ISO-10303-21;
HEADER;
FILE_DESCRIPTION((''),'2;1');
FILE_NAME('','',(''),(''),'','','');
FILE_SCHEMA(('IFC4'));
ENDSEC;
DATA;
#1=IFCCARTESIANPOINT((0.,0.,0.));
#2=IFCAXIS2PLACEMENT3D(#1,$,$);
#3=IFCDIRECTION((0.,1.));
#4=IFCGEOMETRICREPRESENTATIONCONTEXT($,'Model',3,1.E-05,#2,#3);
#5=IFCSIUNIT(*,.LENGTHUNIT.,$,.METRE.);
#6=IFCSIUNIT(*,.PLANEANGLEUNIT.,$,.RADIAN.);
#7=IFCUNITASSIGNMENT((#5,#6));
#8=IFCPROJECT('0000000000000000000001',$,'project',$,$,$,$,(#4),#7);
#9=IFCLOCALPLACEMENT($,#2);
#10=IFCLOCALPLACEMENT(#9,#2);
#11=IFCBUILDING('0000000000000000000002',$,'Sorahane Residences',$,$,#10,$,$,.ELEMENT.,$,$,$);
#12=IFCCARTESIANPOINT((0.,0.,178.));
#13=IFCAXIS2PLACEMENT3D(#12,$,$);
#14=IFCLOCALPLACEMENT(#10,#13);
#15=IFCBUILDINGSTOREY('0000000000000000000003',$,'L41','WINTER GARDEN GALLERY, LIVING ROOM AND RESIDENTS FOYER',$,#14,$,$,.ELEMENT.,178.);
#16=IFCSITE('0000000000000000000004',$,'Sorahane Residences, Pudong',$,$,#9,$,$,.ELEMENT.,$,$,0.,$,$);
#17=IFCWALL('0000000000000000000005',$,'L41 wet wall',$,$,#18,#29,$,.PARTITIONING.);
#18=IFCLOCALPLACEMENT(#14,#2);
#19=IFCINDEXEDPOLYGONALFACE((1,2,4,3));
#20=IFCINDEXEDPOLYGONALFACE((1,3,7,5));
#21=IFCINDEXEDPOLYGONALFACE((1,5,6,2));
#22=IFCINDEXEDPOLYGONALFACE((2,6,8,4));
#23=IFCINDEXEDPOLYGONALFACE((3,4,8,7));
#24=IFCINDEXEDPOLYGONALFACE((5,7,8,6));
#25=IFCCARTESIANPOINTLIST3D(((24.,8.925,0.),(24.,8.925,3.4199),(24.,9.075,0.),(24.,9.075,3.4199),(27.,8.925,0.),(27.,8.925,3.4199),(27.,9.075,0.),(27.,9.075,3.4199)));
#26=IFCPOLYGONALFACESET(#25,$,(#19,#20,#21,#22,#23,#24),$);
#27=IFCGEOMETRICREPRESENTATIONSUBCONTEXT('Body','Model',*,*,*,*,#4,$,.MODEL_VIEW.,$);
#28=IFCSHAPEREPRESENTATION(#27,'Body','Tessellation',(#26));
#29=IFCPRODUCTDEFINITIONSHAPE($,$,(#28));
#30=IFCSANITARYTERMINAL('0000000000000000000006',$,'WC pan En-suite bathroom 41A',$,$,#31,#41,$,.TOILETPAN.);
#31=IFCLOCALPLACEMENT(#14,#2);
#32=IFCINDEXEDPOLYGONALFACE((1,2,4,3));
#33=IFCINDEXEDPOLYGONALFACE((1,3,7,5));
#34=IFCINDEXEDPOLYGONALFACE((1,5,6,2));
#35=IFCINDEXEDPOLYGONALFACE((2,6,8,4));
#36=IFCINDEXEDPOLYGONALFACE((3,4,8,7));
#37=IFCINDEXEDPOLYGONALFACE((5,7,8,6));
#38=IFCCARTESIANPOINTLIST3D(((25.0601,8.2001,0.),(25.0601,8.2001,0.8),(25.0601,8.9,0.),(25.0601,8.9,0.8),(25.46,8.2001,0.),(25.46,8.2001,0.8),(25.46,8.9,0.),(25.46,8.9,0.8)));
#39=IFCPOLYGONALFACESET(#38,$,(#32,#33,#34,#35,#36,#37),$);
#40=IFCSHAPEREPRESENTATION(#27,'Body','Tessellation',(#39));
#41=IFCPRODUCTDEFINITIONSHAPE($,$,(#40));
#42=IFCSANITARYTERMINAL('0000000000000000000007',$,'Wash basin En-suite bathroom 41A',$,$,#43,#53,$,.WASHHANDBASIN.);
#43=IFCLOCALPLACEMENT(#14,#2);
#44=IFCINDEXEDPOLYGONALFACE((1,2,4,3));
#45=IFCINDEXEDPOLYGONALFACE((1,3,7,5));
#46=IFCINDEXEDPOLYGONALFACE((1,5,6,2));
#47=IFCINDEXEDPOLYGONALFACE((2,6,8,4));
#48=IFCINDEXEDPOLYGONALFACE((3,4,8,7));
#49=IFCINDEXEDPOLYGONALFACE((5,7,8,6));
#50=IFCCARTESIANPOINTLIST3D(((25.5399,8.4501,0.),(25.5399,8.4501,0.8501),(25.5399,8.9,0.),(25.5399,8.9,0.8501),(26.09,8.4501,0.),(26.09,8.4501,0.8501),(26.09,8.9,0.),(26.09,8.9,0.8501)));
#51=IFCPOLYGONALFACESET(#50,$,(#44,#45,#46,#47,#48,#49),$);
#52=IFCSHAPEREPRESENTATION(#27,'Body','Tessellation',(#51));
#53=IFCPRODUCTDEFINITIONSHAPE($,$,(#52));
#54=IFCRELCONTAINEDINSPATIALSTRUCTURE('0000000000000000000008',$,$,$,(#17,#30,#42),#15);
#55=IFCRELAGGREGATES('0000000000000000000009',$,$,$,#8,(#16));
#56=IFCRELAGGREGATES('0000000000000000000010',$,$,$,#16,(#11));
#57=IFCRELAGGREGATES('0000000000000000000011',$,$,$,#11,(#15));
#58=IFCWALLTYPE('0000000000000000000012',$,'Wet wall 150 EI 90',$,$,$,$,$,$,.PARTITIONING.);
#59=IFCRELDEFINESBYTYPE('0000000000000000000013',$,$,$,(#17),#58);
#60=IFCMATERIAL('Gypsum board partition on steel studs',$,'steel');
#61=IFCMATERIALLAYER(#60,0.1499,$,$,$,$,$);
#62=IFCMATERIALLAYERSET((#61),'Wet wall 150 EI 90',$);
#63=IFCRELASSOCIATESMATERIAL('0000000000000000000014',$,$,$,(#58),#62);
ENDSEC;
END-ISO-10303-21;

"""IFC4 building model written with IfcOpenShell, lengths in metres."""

from ifc_helpers import new_model, si_unit, direction, frame, frame_2d, origin, origin_2d, place, context, subcontext, project, spatial, rectangle, extrude, material, layer, layer_set, type_object, element, save


model = new_model("IFC4")

# Units and contexts
model_context = context("Model", 3, precision=1e-05, world=origin(), true_north=direction((0.0, 1.0)))
body_context = subcontext(model_context, "Body", "Model", "MODEL_VIEW")
ifc_project = project(units=[si_unit("LENGTHUNIT", "METRE"), si_unit("PLANEANGLEUNIT", "RADIAN")], contexts=[model_context])

# Site, building, storey
site_placement = place(None, origin())
site = spatial("IfcSite", under=ifc_project, at=site_placement, Name="Sorahane Residences, Pudong", CompositionType="ELEMENT", RefElevation=0.0)
building_placement = place(site_placement, origin())
building = spatial("IfcBuilding", under=site, at=building_placement, Name="Sorahane Residences", CompositionType="ELEMENT")
storey_placement = place(building_placement, frame((0.0, 0.0, 178.0)))
storey = spatial("IfcBuildingStorey", under=building, at=storey_placement, Name="L41", Description="WINTER GARDEN GALLERY, LIVING ROOM AND RESIDENTS FOYER", CompositionType="ELEMENT", Elevation=178.0)

# Wall
ifc_material_1 = material(Name="Gypsum board partition on steel studs", Category="steel")
ifc_layer_1 = layer(ifc_material_1, 0.1499)
ifc_layer_set_1 = layer_set([ifc_layer_1], Name="Wet wall 150 EI 90")
wall_type_1 = type_object("IfcWallType", Name="Wet wall 150 EI 90", PredefinedType="PARTITIONING", material=ifc_layer_set_1)
wall_1_placement = place(storey_placement, frame((24.0, 9.0, 0.0), z_axis=(0.0, 0.0, 1.0), x_axis=(1.0, 0.0, 0.0)))
element("IfcWall", 1, at=wall_1_placement, inside=storey, type_object=wall_type_1, Name="L41 wet wall", PredefinedType="PARTITIONING", context=body_context, shape_type="SweptSolid", body=[
    extrude(rectangle(XDim=3.0, YDim=0.1499, at=frame_2d((1.5, 0.0))), origin(), (0.0, 0.0, 1.0), 3.4199),
])

# Sanitary terminals
sanitary_terminal_1_placement = place(storey_placement, frame((25.26, 8.55, 0.0), z_axis=(0.0, 0.0, 1.0), x_axis=(1.0, 0.0, 0.0)))
element("IfcSanitaryTerminal", 2, at=sanitary_terminal_1_placement, inside=storey, Name="WC pan En-suite bathroom 41A", PredefinedType="TOILETPAN", context=body_context, shape_type="SweptSolid", body=[
    extrude(rectangle(XDim=0.3999, YDim=0.7, at=origin_2d()), origin(), (0.0, 0.0, 1.0), 0.8),
])
sanitary_terminal_2_placement = place(storey_placement, frame((25.8149, 8.675, 0.0), z_axis=(0.0, 0.0, 1.0), x_axis=(1.0, 0.0, 0.0)))
element("IfcSanitaryTerminal", 3, at=sanitary_terminal_2_placement, inside=storey, Name="Wash basin En-suite bathroom 41A", PredefinedType="WASHHANDBASIN", context=body_context, shape_type="SweptSolid", body=[
    extrude(rectangle(XDim=0.55, YDim=0.45, at=origin_2d()), origin(), (0.0, 0.0, 1.0), 0.8501),
])

save(model, "model.ifc")
